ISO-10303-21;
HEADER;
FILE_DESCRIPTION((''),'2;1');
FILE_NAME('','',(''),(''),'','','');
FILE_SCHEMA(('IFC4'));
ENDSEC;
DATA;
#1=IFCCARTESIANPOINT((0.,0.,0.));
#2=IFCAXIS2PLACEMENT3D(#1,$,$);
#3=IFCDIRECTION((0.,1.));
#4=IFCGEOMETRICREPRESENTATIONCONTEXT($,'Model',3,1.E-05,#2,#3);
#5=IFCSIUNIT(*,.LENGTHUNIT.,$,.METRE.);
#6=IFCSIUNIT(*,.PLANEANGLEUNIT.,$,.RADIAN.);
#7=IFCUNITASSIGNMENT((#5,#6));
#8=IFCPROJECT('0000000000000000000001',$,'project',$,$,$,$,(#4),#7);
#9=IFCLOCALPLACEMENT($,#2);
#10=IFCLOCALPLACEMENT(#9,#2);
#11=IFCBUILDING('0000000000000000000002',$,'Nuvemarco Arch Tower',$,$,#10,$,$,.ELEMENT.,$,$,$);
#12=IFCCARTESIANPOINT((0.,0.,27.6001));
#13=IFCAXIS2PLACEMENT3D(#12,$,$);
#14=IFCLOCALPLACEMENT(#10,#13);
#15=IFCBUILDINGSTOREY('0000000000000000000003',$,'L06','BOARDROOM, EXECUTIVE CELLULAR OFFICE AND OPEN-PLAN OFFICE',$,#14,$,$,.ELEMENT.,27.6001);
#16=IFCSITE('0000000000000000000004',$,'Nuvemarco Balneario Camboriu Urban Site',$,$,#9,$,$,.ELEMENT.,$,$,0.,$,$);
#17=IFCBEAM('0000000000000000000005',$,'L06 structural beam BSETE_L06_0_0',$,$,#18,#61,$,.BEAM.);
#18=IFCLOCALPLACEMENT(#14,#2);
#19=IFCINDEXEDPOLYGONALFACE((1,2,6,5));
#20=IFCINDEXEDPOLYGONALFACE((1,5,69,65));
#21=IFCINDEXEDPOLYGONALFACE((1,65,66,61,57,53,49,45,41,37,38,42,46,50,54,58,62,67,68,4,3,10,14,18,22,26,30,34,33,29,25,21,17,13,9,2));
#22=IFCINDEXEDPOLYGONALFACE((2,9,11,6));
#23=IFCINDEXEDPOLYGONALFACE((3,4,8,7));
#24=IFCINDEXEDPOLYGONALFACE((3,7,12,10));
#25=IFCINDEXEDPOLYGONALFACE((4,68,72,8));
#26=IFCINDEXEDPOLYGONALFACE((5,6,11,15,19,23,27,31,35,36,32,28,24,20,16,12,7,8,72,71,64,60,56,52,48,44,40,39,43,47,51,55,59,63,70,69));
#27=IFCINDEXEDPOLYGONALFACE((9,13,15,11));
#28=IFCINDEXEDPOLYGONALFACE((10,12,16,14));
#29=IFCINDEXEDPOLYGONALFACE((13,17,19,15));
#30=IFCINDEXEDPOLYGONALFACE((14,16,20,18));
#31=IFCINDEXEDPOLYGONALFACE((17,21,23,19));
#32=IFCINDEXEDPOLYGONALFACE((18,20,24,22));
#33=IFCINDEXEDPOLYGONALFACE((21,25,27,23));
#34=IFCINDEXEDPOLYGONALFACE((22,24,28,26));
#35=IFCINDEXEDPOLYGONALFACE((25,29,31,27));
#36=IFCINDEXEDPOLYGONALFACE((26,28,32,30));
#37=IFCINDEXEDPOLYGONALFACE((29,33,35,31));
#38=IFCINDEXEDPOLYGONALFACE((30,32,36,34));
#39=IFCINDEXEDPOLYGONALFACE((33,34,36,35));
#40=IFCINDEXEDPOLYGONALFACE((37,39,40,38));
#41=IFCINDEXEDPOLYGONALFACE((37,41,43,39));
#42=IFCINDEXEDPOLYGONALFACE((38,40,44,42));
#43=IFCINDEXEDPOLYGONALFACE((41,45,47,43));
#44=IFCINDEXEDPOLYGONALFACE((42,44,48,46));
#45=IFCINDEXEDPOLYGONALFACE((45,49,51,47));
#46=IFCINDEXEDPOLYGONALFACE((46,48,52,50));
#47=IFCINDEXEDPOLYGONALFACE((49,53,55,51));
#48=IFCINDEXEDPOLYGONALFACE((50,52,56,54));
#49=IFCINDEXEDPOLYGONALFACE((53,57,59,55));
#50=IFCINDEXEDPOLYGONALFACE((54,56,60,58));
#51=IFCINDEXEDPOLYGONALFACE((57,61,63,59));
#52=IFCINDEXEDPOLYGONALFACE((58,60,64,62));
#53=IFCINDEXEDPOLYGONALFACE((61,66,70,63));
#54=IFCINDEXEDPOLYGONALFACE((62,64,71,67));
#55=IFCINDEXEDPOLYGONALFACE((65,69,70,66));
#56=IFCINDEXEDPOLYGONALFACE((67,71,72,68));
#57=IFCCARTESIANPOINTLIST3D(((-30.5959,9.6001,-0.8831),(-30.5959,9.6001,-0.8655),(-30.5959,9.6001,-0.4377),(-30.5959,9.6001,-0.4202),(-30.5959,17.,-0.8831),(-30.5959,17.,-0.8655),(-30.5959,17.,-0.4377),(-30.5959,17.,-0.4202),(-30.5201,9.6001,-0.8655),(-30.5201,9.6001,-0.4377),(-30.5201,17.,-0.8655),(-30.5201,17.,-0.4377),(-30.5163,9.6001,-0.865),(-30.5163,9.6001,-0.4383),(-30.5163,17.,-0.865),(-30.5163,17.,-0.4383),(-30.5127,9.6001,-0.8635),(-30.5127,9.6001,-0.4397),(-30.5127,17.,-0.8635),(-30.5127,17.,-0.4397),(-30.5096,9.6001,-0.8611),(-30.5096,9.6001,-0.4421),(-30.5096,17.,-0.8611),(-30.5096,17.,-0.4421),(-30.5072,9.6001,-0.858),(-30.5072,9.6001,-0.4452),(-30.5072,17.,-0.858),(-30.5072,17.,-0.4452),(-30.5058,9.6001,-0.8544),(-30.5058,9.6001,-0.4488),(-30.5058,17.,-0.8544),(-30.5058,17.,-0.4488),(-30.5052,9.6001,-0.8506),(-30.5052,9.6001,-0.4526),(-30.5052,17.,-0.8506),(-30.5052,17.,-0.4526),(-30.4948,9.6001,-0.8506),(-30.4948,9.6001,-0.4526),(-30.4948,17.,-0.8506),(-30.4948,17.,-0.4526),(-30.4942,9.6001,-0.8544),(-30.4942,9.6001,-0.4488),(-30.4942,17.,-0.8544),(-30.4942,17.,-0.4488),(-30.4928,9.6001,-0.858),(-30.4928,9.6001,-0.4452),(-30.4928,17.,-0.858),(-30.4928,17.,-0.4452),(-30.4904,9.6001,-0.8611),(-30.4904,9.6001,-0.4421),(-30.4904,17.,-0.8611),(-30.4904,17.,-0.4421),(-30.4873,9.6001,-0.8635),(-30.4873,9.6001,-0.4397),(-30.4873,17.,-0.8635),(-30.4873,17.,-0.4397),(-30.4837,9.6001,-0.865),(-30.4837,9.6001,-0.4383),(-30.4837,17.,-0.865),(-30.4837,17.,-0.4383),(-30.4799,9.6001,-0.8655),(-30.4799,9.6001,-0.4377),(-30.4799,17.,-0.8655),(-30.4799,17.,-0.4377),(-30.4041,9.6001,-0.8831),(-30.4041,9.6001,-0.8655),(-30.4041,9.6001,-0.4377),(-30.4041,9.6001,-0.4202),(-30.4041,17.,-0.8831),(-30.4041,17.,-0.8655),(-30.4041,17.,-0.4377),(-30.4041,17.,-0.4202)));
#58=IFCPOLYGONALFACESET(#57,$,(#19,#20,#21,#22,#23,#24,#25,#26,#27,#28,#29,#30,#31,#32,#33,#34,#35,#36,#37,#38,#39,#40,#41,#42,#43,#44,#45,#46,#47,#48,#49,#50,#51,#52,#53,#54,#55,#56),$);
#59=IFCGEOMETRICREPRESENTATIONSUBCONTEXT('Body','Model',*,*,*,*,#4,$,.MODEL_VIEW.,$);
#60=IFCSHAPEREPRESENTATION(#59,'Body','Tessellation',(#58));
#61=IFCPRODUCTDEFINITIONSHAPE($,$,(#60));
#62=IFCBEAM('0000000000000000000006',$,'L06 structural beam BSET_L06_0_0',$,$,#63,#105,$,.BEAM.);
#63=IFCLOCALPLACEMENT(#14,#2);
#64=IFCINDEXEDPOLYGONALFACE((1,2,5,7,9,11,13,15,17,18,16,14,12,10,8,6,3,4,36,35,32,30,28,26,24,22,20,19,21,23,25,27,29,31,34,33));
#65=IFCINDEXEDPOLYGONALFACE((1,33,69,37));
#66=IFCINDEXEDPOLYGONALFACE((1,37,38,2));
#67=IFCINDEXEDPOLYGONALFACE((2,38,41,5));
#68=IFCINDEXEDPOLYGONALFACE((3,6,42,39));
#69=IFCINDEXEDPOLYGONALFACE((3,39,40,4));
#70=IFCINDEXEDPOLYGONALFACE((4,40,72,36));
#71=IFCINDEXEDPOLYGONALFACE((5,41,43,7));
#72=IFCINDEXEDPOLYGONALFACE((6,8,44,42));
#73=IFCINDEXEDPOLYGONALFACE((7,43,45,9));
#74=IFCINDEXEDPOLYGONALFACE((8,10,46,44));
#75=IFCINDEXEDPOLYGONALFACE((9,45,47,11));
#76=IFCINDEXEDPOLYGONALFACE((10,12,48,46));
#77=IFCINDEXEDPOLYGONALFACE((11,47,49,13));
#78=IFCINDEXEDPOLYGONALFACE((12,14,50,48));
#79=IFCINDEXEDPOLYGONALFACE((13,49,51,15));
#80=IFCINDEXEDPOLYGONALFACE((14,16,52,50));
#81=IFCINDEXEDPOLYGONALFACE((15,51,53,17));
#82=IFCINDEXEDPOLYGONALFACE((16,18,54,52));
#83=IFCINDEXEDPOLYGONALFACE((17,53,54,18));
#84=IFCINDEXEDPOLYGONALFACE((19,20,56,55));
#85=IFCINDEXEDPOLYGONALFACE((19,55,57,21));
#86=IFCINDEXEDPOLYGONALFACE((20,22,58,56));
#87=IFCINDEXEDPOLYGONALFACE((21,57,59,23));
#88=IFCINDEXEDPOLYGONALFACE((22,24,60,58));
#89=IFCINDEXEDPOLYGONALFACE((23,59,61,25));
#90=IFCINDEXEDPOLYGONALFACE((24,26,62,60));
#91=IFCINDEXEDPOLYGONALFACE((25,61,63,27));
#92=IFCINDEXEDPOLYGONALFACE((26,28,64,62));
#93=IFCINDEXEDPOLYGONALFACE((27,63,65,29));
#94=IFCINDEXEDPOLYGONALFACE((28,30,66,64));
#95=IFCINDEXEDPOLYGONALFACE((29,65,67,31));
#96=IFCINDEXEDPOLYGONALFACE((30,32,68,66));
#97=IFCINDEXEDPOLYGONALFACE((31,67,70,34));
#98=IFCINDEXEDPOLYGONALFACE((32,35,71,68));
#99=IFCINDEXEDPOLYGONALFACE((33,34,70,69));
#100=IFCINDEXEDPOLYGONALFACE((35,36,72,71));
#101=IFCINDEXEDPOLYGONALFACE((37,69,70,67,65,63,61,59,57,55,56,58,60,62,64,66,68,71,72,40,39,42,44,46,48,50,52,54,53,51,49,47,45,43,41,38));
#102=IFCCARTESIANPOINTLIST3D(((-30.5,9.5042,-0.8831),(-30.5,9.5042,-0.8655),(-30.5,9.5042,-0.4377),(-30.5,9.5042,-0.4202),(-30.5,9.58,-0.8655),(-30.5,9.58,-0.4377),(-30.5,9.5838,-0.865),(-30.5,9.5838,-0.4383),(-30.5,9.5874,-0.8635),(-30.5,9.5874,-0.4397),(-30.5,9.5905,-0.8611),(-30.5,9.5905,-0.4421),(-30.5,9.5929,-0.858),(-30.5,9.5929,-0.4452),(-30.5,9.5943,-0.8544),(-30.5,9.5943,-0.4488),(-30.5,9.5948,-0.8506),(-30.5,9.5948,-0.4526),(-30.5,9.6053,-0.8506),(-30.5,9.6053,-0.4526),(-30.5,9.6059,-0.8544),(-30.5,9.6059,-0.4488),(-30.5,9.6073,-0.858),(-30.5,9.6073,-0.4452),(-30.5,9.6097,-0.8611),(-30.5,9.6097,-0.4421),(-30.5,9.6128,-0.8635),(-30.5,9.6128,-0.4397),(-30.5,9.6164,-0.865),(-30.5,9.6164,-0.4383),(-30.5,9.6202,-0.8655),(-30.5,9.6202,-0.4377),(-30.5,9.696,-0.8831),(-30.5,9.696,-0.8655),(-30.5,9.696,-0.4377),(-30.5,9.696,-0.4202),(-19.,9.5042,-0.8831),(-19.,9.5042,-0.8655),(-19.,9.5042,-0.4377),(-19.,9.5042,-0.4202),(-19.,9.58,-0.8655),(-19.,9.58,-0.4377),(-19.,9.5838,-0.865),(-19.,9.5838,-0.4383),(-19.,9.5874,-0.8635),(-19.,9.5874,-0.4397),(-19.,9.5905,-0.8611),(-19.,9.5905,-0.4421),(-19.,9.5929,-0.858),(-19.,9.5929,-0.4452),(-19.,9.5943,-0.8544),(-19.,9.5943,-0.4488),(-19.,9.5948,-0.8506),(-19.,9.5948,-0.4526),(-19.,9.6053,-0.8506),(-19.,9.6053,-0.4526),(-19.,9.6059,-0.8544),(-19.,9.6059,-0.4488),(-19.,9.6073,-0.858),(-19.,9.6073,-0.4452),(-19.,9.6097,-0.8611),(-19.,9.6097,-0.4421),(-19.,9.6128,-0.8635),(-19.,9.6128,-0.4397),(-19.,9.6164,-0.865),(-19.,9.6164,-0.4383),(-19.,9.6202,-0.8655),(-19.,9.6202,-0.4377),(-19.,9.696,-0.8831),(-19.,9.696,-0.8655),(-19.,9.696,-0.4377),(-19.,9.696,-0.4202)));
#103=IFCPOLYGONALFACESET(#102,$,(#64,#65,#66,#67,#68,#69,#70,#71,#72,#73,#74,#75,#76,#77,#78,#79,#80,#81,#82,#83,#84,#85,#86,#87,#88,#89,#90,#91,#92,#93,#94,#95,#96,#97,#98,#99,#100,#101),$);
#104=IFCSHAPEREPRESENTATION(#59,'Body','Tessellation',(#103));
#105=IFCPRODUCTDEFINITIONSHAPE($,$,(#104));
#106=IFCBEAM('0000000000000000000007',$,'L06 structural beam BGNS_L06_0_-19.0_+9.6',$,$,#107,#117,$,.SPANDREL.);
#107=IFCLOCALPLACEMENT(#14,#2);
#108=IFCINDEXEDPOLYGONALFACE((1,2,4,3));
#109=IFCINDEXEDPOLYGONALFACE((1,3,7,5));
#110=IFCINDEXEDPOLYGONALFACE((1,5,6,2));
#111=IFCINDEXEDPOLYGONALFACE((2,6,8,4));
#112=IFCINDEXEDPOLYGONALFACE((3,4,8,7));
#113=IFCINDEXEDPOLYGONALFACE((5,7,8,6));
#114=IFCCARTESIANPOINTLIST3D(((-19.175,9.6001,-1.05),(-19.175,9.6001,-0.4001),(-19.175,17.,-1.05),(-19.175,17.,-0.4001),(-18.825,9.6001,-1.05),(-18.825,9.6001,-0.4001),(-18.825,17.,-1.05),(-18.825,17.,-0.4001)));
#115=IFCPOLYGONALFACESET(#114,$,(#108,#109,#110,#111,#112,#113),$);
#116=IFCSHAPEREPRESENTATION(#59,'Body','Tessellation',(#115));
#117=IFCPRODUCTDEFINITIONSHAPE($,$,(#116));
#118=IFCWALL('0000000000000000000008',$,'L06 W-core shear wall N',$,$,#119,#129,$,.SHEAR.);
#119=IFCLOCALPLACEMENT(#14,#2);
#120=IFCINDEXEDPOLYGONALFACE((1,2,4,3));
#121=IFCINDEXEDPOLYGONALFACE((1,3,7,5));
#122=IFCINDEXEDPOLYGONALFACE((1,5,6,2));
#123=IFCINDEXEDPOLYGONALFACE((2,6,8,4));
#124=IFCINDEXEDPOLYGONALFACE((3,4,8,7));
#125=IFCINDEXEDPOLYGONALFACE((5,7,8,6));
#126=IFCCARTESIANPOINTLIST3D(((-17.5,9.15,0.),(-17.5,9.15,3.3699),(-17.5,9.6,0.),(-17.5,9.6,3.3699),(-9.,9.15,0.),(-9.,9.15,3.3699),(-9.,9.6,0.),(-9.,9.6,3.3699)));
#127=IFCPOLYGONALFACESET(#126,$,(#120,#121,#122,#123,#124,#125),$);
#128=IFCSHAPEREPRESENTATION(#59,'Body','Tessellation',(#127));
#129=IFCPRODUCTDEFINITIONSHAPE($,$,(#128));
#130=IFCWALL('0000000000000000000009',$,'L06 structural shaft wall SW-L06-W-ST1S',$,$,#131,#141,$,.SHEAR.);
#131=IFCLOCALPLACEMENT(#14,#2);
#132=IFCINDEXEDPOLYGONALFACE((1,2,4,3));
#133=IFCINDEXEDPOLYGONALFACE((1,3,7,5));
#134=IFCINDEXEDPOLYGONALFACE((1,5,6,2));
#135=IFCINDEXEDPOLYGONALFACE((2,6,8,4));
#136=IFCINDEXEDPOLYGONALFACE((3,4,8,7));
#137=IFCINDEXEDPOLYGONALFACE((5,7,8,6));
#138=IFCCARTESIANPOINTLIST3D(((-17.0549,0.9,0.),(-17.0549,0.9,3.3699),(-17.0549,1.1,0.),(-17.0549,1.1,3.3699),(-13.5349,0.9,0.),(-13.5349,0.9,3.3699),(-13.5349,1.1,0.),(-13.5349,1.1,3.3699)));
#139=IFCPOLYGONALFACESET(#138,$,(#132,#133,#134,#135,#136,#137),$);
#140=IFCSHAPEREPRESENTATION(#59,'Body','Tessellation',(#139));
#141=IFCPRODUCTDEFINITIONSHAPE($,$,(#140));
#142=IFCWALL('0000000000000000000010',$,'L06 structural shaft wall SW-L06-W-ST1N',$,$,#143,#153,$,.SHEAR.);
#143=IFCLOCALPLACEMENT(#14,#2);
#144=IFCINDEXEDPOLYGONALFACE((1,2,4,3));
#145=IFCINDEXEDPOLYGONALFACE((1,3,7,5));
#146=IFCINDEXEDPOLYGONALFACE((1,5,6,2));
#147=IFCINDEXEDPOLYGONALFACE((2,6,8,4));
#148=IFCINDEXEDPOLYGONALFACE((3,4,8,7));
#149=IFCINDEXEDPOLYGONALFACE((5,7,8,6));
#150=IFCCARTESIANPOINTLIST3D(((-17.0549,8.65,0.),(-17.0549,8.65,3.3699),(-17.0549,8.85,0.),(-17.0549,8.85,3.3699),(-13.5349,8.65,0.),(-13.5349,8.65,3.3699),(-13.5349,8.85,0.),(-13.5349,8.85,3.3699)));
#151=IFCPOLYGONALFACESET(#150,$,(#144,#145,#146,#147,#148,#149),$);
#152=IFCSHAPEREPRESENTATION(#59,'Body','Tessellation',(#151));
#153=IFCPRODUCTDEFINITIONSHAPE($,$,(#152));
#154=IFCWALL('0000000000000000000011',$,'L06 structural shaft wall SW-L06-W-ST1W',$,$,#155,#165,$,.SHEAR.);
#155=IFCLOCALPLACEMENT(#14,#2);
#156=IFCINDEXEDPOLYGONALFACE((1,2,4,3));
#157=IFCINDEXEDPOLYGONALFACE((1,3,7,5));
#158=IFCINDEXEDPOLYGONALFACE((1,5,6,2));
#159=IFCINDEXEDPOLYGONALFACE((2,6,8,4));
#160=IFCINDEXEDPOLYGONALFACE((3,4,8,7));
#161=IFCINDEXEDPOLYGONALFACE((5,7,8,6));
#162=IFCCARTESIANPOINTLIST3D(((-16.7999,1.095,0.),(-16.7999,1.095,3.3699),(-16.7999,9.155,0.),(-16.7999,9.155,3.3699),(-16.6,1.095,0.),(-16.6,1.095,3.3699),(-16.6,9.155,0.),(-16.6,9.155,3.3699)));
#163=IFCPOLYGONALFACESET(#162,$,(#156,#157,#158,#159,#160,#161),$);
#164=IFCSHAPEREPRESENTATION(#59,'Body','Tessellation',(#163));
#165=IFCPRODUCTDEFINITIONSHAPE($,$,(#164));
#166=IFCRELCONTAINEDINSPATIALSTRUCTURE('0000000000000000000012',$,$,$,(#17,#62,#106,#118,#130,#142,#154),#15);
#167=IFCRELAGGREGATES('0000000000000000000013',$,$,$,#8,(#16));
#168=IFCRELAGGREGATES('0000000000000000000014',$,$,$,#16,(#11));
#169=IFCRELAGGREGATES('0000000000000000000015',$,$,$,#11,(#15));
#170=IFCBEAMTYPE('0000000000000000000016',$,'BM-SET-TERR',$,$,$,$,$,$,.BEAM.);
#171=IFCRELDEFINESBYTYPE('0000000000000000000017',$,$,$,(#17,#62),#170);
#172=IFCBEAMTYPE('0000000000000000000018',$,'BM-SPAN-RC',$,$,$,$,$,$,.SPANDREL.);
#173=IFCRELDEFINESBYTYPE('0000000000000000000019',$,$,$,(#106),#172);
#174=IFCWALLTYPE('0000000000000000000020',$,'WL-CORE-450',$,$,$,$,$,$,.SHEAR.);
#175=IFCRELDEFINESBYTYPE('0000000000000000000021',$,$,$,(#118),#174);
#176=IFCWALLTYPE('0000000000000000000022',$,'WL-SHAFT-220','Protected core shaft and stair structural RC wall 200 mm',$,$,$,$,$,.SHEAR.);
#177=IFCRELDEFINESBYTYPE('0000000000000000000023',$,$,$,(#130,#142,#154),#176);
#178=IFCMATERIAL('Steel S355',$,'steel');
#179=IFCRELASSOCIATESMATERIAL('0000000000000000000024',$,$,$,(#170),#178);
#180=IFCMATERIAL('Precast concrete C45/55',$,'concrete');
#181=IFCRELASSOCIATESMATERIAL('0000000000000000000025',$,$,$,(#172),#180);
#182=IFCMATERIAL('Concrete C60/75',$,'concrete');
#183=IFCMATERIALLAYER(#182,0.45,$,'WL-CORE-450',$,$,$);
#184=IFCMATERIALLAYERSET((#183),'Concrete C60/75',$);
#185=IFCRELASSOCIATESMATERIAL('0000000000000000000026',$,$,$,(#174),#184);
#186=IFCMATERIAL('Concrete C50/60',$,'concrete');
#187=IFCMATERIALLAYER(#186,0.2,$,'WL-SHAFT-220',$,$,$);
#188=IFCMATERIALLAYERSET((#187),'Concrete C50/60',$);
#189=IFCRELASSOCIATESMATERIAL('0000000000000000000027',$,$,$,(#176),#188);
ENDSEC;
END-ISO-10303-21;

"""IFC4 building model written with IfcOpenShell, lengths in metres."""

from ifc_helpers import new_model, si_unit, direction, frame, frame_2d, origin, origin_2d, place, context, subcontext, project, spatial, rectangle, i_section, extrude, material, layer, layer_set, material_profile, profile_set, type_object, element, save


model = new_model("IFC4")

# Units and contexts
model_context = context("Model", 3, precision=1e-05, world=origin(), true_north=direction((0.0, 1.0)))
body_context = subcontext(model_context, "Body", "Model", "MODEL_VIEW")
ifc_project = project(units=[si_unit("LENGTHUNIT", "METRE"), si_unit("PLANEANGLEUNIT", "RADIAN")], contexts=[model_context])

# Site, building, storey
site_placement = place(None, origin())
site = spatial("IfcSite", under=ifc_project, at=site_placement, Name="Nuvemarco Balneario Camboriu Urban Site", CompositionType="ELEMENT", RefElevation=0.0)
building_placement = place(site_placement, origin())
building = spatial("IfcBuilding", under=site, at=building_placement, Name="Nuvemarco Arch Tower", CompositionType="ELEMENT")
storey_placement = place(building_placement, frame((0.0, 0.0, 27.6001)))
storey = spatial("IfcBuildingStorey", under=building, at=storey_placement, Name="L06", Description="BOARDROOM, EXECUTIVE CELLULAR OFFICE AND OPEN-PLAN OFFICE", CompositionType="ELEMENT", Elevation=27.6001)

# Shared definitions
ifc_material_1 = material(Name="Concrete C60/75", Category="concrete")

# Beams
ifc_material_2 = material(Name="Steel S355", Category="steel")
ifc_material_profile_1 = material_profile(ifc_material_2, i_section(OverallWidth=0.1919, OverallDepth=0.4629, WebThickness=0.0105, FlangeThickness=0.0176, FilletRadius=0.0149, at=origin_2d()), Name="W460x89")
ifc_profile_set_1 = profile_set([ifc_material_profile_1], Name="Steel S355")
beam_type_1 = type_object("IfcBeamType", Name="BM-SET-TERR", PredefinedType="BEAM", material=ifc_profile_set_1)
beam_1_placement = place(storey_placement, frame((-30.5, 9.6001, -0.6516), z_axis=(0.0, 1.0, 0.0), x_axis=(-1.0, 0.0, 0.0)))
element("IfcBeam", 1, at=beam_1_placement, inside=storey, type_object=beam_type_1, Name="L06 structural beam BSETE_L06_0_0", PredefinedType="BEAM", context=body_context, shape_type="SweptSolid", body=[
    extrude(i_section(OverallWidth=0.1919, OverallDepth=0.4629, WebThickness=0.0105, FlangeThickness=0.0176, FilletRadius=0.0149, at=origin_2d()), origin(), (0.0, 0.0, 1.0), 7.3999),
])
beam_2_placement = place(storey_placement, frame((-30.5, 9.6001, -0.6516), z_axis=(1.0, 0.0, 0.0), x_axis=(0.0, 1.0, 0.0)))
element("IfcBeam", 2, at=beam_2_placement, inside=storey, type_object=beam_type_1, Name="L06 structural beam BSET_L06_0_0", PredefinedType="BEAM", context=body_context, shape_type="SweptSolid", body=[
    extrude(i_section(OverallWidth=0.1919, OverallDepth=0.4629, WebThickness=0.0105, FlangeThickness=0.0176, FilletRadius=0.0149, at=origin_2d()), origin(), (0.0, 0.0, 1.0), 11.5),
])
ifc_material_3 = material(Name="Precast concrete C45/55", Category="concrete")
ifc_material_profile_2 = material_profile(ifc_material_3, rectangle(XDim=0.3501, YDim=0.6499, at=origin_2d()), Name="PC-SP-350x650")
ifc_profile_set_2 = profile_set([ifc_material_profile_2], Name="Precast concrete C45/55")
beam_type_2 = type_object("IfcBeamType", Name="BM-SPAN-RC", PredefinedType="SPANDREL", material=ifc_profile_set_2)
beam_3_placement = place(storey_placement, frame((-19.0, 9.6001, -0.7251), z_axis=(0.0, 1.0, 0.0), x_axis=(-1.0, 0.0, 0.0)))
element("IfcBeam", 3, at=beam_3_placement, inside=storey, type_object=beam_type_2, Name="L06 structural beam BGNS_L06_0_-19.0_+9.6", PredefinedType="SPANDREL", context=body_context, shape_type="SweptSolid", body=[
    extrude(rectangle(XDim=0.3501, YDim=0.6499, at=origin_2d()), origin(), (0.0, 0.0, 1.0), 7.3999),
])

# Walls
ifc_layer_1 = layer(ifc_material_1, 0.45, Name="WL-CORE-450")
ifc_layer_set_1 = layer_set([ifc_layer_1], Name="Concrete C60/75")
wall_type_1 = type_object("IfcWallType", Name="WL-CORE-450", PredefinedType="SHEAR", material=ifc_layer_set_1)
wall_1_placement = place(storey_placement, frame((-17.5, 9.375, 0.0), z_axis=(0.0, 0.0, 1.0), x_axis=(1.0, 0.0, 0.0)))
element("IfcWall", 4, at=wall_1_placement, inside=storey, type_object=wall_type_1, Name="L06 W-core shear wall N", PredefinedType="SHEAR", context=body_context, shape_type="SweptSolid", body=[
    extrude(rectangle(XDim=8.5, YDim=0.45, at=frame_2d((4.25, 0.0))), origin(), (0.0, 0.0, 1.0), 3.3699),
])
ifc_material_4 = material(Name="Concrete C50/60", Category="concrete")
ifc_layer_2 = layer(ifc_material_4, 0.2, Name="WL-SHAFT-220")
ifc_layer_set_2 = layer_set([ifc_layer_2], Name="Concrete C50/60")
wall_type_2 = type_object("IfcWallType", Name="WL-SHAFT-220", Description="Protected core shaft and stair structural RC wall 200 mm", PredefinedType="SHEAR", material=ifc_layer_set_2)
for number, where, z_axis, x_axis, name in (
    (5, (-17.0549, 1.0, 0.0), (0.0, 0.0, 1.0), (1.0, 0.0, 0.0), "L06 structural shaft wall SW-L06-W-ST1S"),
    (6, (-17.0549, 8.75, 0.0), (0.0, 0.0, 1.0), (1.0, 0.0, 0.0), "L06 structural shaft wall SW-L06-W-ST1N"),
):
    element("IfcWall", number, at=place(storey_placement, frame(where, z_axis=z_axis, x_axis=x_axis)), inside=storey, type_object=wall_type_2, Name=name, PredefinedType="SHEAR", context=body_context, shape_type="SweptSolid", body=[
        extrude(rectangle(XDim=3.52, YDim=0.2, at=frame_2d((1.76, 0.0))), origin(), (0.0, 0.0, 1.0), 3.3699),
    ])
wall_2_placement = place(storey_placement, frame((-16.7, 1.095, 0.0), z_axis=(0.0, 0.0, 1.0), x_axis=(0.0, 1.0, 0.0)))
element("IfcWall", 7, at=wall_2_placement, inside=storey, type_object=wall_type_2, Name="L06 structural shaft wall SW-L06-W-ST1W", PredefinedType="SHEAR", context=body_context, shape_type="SweptSolid", body=[
    extrude(rectangle(XDim=8.0601, YDim=0.2, at=frame_2d((4.03, 0.0))), origin(), (0.0, 0.0, 1.0), 3.3699),
])

save(model, "model.ifc")
